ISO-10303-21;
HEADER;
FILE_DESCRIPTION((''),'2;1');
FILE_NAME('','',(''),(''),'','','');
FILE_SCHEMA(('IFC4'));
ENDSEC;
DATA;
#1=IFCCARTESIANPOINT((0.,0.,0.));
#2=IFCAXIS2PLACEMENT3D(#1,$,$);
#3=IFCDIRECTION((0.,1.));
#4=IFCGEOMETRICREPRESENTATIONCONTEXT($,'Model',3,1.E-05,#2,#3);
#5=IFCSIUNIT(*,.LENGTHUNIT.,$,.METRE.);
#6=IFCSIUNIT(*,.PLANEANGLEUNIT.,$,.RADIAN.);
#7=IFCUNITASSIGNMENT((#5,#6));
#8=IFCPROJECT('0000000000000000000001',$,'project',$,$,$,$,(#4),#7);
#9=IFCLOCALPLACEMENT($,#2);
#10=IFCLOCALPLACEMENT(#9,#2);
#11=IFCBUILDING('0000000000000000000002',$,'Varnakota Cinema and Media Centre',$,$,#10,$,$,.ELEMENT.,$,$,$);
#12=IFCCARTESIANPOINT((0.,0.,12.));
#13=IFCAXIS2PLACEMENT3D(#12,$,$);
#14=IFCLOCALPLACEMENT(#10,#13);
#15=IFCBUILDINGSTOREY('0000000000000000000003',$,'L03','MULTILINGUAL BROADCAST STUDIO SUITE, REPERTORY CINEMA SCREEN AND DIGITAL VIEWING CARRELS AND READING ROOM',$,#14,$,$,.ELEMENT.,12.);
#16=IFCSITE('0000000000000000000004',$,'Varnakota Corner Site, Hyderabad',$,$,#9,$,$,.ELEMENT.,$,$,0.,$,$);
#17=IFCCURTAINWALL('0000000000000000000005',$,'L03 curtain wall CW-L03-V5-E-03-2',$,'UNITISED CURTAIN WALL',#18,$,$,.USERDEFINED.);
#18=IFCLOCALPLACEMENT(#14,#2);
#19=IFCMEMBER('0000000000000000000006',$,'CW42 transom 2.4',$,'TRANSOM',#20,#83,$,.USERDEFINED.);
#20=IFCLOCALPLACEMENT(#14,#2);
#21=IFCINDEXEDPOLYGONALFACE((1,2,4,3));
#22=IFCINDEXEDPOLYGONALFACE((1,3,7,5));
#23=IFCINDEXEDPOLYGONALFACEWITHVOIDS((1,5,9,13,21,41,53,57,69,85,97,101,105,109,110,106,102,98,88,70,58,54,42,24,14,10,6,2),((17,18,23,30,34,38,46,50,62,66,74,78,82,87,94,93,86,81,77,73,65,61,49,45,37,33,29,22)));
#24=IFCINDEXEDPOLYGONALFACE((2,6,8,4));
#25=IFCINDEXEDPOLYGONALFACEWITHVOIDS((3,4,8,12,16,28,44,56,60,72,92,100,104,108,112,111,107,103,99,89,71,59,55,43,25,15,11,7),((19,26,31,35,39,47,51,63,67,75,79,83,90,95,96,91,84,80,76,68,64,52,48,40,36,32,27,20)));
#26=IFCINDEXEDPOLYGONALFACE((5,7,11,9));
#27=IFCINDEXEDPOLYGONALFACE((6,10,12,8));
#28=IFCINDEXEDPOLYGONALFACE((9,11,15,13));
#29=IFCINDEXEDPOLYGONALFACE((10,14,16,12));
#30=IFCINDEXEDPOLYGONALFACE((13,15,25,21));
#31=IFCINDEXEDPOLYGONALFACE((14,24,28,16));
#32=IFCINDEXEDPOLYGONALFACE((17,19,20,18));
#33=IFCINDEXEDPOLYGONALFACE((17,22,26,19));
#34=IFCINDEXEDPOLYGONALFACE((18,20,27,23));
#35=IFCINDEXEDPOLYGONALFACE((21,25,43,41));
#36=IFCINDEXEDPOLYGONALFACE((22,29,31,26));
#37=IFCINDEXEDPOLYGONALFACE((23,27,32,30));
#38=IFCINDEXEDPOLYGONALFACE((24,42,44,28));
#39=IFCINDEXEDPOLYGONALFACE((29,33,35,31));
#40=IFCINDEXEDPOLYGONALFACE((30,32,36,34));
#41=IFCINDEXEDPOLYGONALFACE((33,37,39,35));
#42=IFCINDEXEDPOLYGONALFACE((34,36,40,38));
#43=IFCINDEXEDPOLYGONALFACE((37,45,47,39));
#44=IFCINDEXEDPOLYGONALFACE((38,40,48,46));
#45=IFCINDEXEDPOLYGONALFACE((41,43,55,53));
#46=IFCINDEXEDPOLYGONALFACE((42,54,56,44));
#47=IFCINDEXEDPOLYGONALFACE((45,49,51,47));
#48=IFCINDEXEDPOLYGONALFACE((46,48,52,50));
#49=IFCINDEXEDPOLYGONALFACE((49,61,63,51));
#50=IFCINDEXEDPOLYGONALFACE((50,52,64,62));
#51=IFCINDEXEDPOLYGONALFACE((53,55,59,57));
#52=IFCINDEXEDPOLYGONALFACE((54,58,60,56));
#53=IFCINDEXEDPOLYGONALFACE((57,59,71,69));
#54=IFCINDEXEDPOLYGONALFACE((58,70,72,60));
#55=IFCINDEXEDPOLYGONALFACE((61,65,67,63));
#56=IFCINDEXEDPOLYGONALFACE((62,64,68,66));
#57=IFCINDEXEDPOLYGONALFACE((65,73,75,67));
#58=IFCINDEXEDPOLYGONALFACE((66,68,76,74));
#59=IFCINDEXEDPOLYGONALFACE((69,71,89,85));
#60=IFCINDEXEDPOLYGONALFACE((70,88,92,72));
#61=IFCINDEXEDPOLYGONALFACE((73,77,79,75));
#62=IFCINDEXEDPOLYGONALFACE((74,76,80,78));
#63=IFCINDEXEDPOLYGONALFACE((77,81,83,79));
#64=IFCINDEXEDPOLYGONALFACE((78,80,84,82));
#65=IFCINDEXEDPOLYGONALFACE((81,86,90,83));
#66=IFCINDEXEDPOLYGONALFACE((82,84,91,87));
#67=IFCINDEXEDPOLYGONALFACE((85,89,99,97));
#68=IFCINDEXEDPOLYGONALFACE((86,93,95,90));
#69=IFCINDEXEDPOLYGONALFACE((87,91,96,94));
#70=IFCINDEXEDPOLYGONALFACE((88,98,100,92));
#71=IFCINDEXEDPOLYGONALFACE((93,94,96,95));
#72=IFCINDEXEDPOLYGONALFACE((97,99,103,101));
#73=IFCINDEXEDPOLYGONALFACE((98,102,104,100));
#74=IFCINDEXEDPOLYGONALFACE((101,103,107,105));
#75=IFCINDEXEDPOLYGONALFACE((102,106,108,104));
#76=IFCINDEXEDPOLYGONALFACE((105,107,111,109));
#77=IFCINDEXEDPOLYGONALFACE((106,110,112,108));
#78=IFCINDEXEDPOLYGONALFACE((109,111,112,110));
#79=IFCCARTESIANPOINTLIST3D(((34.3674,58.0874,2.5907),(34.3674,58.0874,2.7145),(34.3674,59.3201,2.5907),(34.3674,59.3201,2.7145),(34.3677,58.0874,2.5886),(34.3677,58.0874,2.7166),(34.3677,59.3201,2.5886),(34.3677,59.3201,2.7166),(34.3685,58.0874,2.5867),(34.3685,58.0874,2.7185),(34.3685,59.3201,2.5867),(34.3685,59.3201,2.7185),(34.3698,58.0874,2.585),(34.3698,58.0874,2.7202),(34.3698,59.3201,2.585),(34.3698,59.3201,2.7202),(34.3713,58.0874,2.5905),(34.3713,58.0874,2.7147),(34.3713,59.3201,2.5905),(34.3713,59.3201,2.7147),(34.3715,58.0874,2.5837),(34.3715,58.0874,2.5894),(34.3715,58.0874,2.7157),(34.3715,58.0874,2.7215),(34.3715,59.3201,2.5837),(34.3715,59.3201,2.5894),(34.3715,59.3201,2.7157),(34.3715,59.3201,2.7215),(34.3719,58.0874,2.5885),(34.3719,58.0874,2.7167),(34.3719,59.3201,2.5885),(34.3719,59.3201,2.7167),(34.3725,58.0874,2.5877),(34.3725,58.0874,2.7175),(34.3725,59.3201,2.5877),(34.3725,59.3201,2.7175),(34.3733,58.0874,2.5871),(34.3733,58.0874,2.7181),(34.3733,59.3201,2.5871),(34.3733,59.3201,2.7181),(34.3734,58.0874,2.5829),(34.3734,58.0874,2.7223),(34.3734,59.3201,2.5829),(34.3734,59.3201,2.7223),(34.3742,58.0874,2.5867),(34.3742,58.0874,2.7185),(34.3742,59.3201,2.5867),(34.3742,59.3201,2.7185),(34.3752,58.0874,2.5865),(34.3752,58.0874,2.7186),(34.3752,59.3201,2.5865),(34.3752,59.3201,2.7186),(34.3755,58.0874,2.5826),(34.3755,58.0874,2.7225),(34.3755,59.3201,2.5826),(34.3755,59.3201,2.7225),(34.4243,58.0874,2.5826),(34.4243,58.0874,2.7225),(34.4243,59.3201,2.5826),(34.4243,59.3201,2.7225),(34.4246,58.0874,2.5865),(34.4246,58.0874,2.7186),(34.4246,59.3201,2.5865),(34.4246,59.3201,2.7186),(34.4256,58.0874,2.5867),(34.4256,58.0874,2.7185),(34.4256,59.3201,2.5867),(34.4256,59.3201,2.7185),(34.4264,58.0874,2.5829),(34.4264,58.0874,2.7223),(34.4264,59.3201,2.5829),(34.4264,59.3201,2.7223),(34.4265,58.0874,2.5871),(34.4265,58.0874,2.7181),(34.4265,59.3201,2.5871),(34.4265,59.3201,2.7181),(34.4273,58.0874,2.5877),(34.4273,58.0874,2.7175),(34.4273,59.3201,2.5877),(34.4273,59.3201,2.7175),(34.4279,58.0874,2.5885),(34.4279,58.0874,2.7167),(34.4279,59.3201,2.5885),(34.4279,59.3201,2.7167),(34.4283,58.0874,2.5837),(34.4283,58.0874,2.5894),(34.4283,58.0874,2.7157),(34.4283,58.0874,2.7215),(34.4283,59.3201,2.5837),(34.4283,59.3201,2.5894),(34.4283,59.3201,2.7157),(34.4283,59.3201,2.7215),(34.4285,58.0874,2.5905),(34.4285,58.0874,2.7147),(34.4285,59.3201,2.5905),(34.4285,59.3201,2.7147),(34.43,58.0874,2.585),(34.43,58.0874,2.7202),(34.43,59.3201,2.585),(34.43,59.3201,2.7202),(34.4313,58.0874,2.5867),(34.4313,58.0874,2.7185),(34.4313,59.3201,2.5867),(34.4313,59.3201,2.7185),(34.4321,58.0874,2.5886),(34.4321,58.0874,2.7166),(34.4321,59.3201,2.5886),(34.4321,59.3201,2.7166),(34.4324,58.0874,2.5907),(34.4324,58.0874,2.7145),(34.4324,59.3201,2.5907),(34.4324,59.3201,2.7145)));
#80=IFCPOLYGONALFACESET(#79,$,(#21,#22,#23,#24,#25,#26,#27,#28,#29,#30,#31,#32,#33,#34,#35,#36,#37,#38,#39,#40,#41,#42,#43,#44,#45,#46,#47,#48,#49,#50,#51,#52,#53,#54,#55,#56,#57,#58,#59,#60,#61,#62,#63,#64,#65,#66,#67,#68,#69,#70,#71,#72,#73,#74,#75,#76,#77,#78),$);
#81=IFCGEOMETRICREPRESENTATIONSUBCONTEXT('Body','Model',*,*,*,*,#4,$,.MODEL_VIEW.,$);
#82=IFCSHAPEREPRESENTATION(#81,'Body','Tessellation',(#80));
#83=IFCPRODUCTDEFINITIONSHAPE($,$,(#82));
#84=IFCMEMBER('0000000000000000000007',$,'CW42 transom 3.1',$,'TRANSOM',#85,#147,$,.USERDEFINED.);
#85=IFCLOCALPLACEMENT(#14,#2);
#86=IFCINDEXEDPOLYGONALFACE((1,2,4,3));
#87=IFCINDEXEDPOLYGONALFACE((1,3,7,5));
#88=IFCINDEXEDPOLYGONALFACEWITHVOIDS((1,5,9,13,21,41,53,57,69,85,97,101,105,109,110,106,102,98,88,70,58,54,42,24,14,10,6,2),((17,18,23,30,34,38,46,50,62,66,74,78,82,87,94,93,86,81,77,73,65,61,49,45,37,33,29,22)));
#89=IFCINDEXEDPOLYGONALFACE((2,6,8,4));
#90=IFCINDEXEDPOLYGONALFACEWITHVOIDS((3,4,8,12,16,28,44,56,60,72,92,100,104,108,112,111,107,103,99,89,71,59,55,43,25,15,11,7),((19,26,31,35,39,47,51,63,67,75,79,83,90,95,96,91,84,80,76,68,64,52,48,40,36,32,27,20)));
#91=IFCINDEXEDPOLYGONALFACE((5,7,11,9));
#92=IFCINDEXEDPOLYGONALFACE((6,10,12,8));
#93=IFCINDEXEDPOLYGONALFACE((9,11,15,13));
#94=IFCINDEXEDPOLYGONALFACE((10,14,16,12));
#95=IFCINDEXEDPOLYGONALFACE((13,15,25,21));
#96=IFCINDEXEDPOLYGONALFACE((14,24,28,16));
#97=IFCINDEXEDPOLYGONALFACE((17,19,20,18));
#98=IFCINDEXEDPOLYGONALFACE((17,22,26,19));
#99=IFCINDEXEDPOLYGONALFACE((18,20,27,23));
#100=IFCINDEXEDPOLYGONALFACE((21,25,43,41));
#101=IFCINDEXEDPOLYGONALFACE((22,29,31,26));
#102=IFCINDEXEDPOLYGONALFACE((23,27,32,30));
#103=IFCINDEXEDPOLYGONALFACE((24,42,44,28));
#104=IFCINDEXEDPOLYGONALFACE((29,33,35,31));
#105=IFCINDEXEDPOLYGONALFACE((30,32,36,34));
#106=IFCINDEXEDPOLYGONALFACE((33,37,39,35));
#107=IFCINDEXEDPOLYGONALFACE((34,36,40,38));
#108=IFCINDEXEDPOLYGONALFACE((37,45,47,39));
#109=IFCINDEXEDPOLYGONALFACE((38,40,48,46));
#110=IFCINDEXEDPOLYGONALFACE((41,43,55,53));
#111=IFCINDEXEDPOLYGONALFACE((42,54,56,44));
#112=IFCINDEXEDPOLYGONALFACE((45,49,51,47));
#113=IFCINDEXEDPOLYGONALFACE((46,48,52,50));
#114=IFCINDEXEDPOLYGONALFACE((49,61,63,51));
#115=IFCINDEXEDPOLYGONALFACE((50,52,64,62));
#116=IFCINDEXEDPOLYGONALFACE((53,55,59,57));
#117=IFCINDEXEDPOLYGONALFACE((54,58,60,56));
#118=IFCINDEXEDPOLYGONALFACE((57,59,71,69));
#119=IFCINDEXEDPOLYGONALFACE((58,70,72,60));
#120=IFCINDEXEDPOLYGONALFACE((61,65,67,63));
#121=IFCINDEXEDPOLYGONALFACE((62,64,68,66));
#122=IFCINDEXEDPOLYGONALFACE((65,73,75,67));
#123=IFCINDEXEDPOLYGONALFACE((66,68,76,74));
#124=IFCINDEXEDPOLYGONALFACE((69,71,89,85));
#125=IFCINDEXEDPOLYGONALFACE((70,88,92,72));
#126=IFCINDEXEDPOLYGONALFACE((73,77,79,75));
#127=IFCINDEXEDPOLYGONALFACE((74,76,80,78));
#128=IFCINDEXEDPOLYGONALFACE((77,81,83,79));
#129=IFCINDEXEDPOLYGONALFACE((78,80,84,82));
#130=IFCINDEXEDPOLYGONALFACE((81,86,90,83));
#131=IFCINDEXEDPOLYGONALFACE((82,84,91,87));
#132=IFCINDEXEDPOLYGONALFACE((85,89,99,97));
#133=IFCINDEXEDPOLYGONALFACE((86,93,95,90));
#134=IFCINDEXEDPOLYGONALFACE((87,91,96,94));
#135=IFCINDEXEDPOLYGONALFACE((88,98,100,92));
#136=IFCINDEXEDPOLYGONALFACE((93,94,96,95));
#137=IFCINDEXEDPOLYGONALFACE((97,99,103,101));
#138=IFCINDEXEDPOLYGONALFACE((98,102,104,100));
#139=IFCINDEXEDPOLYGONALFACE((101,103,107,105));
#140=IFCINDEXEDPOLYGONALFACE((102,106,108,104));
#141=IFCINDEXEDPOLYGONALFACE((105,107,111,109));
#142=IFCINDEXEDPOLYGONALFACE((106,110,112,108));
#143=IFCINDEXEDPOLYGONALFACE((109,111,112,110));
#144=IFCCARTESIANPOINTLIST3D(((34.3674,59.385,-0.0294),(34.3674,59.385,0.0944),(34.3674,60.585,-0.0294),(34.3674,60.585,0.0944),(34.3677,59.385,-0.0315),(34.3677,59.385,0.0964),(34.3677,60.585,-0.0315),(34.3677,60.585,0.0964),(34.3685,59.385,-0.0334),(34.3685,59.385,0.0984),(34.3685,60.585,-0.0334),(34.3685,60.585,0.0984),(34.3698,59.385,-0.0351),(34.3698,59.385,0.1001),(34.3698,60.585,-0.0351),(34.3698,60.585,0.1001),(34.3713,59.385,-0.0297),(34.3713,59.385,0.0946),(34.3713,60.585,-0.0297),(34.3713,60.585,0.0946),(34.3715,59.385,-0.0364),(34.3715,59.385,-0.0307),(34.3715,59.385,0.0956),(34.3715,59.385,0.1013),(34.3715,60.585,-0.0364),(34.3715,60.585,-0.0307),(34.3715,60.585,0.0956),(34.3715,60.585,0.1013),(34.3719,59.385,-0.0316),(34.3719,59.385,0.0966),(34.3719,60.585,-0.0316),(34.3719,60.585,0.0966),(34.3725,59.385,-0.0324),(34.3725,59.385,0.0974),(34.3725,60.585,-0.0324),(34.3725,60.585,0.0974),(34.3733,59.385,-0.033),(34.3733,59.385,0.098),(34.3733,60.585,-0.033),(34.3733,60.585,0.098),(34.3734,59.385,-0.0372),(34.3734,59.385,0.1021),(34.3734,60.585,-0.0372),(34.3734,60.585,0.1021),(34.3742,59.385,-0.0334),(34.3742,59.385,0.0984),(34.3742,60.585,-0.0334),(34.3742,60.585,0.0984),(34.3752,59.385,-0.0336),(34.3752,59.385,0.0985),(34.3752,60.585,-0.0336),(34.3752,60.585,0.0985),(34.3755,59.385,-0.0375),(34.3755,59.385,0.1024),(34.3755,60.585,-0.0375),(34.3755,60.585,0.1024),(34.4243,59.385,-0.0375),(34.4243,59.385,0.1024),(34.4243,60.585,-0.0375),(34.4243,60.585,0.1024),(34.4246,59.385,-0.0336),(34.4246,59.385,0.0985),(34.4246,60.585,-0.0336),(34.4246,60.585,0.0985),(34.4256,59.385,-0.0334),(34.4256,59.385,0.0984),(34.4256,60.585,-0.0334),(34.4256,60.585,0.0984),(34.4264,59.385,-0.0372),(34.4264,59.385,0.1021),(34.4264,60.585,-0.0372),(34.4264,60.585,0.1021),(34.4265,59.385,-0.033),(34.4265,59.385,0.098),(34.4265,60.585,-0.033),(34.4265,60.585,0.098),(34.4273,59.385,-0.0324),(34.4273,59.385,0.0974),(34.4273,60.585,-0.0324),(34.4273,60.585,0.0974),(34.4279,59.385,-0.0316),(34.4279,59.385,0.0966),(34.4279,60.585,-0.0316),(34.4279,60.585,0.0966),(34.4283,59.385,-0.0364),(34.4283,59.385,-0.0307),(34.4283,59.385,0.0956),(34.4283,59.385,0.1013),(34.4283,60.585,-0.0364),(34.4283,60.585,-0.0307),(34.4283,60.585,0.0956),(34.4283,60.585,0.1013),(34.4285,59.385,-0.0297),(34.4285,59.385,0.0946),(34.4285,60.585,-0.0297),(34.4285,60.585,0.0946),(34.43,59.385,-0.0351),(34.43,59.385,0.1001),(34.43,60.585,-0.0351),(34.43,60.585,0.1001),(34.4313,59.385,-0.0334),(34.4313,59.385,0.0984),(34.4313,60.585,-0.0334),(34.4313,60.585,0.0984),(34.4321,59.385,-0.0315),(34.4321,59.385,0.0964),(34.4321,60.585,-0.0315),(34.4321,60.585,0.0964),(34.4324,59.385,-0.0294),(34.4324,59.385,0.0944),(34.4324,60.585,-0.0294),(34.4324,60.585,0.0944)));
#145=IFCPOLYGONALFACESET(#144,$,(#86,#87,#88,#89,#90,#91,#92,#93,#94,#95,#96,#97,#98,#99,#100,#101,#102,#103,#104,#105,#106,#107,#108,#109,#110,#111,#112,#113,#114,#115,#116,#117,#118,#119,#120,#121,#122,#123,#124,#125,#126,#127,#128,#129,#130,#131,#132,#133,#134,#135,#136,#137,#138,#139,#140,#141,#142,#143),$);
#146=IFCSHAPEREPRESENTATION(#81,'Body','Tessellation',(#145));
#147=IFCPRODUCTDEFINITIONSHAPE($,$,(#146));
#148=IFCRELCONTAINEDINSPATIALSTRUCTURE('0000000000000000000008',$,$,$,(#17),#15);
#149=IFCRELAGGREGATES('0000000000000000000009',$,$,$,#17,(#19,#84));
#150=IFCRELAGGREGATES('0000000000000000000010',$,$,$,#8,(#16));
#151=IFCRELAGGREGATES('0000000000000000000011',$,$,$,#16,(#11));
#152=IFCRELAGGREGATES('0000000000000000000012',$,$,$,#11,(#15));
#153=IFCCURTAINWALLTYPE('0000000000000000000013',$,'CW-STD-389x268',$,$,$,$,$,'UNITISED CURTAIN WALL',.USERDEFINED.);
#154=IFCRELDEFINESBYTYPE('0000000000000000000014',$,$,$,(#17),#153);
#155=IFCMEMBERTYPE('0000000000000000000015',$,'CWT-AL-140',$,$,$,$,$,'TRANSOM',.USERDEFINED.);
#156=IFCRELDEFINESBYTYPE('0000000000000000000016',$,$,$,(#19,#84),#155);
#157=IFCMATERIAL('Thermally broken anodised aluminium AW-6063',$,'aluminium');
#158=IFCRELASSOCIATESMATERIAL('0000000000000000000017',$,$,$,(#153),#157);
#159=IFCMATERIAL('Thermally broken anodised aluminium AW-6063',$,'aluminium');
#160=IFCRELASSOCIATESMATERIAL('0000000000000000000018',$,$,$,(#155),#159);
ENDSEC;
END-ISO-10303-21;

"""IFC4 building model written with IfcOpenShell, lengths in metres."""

from ifc_helpers import new_model, si_unit, direction, frame, origin, origin_2d, place, context, subcontext, project, spatial, hollow_rectangle, extrude, material, material_profile, profile_set, type_object, element, aggregate, save


model = new_model("IFC4")

# Units and contexts
model_context = context("Model", 3, precision=1e-05, world=origin(), true_north=direction((0.0, 1.0)))
body_context = subcontext(model_context, "Body", "Model", "MODEL_VIEW")
ifc_project = project(units=[si_unit("LENGTHUNIT", "METRE"), si_unit("PLANEANGLEUNIT", "RADIAN")], contexts=[model_context])

# Site, building, storey
site_placement = place(None, origin())
site = spatial("IfcSite", under=ifc_project, at=site_placement, Name="Varnakota Corner Site, Hyderabad", CompositionType="ELEMENT", RefElevation=0.0)
building_placement = place(site_placement, origin())
building = spatial("IfcBuilding", under=site, at=building_placement, Name="Varnakota Cinema and Media Centre", CompositionType="ELEMENT")
storey_placement = place(building_placement, frame((0.0, 0.0, 12.0)))
storey = spatial("IfcBuildingStorey", under=building, at=storey_placement, Name="L03", Description="MULTILINGUAL BROADCAST STUDIO SUITE, REPERTORY CINEMA SCREEN AND DIGITAL VIEWING CARRELS AND READING ROOM", CompositionType="ELEMENT", Elevation=12.0)

# Curtain wall
ifc_material_1 = material(Name="Thermally broken anodised aluminium AW-6063", Category="aluminium")
curtain_wall_type_1 = type_object("IfcCurtainWallType", Name="CW-STD-389x268", ElementType="UNITISED CURTAIN WALL", PredefinedType="USERDEFINED", material=ifc_material_1)
curtain_wall_1_placement = place(storey_placement, origin())
curtain_wall_1 = element("IfcCurtainWall", 1, at=curtain_wall_1_placement, inside=storey, type_object=curtain_wall_type_1, Name="L03 curtain wall CW-L03-V5-E-03-2", ObjectType="UNITISED CURTAIN WALL", PredefinedType="USERDEFINED")

# Members
ifc_material_2 = material(Name="Thermally broken anodised aluminium AW-6063", Category="aluminium")
ifc_material_profile_1 = material_profile(ifc_material_2, hollow_rectangle(XDim=0.0649, YDim=0.1399, WallThickness=0.0039, InnerFilletRadius=0.0039, OuterFilletRadius=0.0081, at=origin_2d()), Name="AL-TRANSOM 140x65x4")
ifc_profile_set_1 = profile_set([ifc_material_profile_1], Name="Thermally broken anodised aluminium AW-6063")
member_type_1 = type_object("IfcMemberType", Name="CWT-AL-140", ElementType="TRANSOM", PredefinedType="USERDEFINED", material=ifc_profile_set_1)
member_1_placement = place(storey_placement, frame((34.3999, 58.0874, 2.6526), z_axis=(0.0, 1.0, 0.0), x_axis=(-1.0, 0.0, 0.0)))
member_1 = element("IfcMember", 2, at=member_1_placement, type_object=member_type_1, Name="CW42 transom 2.4", ObjectType="TRANSOM", PredefinedType="USERDEFINED", context=body_context, shape_type="SweptSolid", body=[
    extrude(hollow_rectangle(XDim=0.0649, YDim=0.1399, WallThickness=0.0039, InnerFilletRadius=0.0039, OuterFilletRadius=0.0081, at=origin_2d()), origin(), (0.0, 0.0, 1.0), 1.2327),
])
member_2_placement = place(storey_placement, frame((34.3999, 59.385, 0.0325), z_axis=(0.0, 1.0, 0.0), x_axis=(-1.0, 0.0, 0.0)))
member_2 = element("IfcMember", 3, at=member_2_placement, type_object=member_type_1, Name="CW42 transom 3.1", ObjectType="TRANSOM", PredefinedType="USERDEFINED", context=body_context, shape_type="SweptSolid", body=[
    extrude(hollow_rectangle(XDim=0.0649, YDim=0.1399, WallThickness=0.0039, InnerFilletRadius=0.0039, OuterFilletRadius=0.0081, at=origin_2d()), origin(), (0.0, 0.0, 1.0), 1.2),
])

aggregate(curtain_wall_1, [member_1, member_2])

save(model, "model.ifc")
